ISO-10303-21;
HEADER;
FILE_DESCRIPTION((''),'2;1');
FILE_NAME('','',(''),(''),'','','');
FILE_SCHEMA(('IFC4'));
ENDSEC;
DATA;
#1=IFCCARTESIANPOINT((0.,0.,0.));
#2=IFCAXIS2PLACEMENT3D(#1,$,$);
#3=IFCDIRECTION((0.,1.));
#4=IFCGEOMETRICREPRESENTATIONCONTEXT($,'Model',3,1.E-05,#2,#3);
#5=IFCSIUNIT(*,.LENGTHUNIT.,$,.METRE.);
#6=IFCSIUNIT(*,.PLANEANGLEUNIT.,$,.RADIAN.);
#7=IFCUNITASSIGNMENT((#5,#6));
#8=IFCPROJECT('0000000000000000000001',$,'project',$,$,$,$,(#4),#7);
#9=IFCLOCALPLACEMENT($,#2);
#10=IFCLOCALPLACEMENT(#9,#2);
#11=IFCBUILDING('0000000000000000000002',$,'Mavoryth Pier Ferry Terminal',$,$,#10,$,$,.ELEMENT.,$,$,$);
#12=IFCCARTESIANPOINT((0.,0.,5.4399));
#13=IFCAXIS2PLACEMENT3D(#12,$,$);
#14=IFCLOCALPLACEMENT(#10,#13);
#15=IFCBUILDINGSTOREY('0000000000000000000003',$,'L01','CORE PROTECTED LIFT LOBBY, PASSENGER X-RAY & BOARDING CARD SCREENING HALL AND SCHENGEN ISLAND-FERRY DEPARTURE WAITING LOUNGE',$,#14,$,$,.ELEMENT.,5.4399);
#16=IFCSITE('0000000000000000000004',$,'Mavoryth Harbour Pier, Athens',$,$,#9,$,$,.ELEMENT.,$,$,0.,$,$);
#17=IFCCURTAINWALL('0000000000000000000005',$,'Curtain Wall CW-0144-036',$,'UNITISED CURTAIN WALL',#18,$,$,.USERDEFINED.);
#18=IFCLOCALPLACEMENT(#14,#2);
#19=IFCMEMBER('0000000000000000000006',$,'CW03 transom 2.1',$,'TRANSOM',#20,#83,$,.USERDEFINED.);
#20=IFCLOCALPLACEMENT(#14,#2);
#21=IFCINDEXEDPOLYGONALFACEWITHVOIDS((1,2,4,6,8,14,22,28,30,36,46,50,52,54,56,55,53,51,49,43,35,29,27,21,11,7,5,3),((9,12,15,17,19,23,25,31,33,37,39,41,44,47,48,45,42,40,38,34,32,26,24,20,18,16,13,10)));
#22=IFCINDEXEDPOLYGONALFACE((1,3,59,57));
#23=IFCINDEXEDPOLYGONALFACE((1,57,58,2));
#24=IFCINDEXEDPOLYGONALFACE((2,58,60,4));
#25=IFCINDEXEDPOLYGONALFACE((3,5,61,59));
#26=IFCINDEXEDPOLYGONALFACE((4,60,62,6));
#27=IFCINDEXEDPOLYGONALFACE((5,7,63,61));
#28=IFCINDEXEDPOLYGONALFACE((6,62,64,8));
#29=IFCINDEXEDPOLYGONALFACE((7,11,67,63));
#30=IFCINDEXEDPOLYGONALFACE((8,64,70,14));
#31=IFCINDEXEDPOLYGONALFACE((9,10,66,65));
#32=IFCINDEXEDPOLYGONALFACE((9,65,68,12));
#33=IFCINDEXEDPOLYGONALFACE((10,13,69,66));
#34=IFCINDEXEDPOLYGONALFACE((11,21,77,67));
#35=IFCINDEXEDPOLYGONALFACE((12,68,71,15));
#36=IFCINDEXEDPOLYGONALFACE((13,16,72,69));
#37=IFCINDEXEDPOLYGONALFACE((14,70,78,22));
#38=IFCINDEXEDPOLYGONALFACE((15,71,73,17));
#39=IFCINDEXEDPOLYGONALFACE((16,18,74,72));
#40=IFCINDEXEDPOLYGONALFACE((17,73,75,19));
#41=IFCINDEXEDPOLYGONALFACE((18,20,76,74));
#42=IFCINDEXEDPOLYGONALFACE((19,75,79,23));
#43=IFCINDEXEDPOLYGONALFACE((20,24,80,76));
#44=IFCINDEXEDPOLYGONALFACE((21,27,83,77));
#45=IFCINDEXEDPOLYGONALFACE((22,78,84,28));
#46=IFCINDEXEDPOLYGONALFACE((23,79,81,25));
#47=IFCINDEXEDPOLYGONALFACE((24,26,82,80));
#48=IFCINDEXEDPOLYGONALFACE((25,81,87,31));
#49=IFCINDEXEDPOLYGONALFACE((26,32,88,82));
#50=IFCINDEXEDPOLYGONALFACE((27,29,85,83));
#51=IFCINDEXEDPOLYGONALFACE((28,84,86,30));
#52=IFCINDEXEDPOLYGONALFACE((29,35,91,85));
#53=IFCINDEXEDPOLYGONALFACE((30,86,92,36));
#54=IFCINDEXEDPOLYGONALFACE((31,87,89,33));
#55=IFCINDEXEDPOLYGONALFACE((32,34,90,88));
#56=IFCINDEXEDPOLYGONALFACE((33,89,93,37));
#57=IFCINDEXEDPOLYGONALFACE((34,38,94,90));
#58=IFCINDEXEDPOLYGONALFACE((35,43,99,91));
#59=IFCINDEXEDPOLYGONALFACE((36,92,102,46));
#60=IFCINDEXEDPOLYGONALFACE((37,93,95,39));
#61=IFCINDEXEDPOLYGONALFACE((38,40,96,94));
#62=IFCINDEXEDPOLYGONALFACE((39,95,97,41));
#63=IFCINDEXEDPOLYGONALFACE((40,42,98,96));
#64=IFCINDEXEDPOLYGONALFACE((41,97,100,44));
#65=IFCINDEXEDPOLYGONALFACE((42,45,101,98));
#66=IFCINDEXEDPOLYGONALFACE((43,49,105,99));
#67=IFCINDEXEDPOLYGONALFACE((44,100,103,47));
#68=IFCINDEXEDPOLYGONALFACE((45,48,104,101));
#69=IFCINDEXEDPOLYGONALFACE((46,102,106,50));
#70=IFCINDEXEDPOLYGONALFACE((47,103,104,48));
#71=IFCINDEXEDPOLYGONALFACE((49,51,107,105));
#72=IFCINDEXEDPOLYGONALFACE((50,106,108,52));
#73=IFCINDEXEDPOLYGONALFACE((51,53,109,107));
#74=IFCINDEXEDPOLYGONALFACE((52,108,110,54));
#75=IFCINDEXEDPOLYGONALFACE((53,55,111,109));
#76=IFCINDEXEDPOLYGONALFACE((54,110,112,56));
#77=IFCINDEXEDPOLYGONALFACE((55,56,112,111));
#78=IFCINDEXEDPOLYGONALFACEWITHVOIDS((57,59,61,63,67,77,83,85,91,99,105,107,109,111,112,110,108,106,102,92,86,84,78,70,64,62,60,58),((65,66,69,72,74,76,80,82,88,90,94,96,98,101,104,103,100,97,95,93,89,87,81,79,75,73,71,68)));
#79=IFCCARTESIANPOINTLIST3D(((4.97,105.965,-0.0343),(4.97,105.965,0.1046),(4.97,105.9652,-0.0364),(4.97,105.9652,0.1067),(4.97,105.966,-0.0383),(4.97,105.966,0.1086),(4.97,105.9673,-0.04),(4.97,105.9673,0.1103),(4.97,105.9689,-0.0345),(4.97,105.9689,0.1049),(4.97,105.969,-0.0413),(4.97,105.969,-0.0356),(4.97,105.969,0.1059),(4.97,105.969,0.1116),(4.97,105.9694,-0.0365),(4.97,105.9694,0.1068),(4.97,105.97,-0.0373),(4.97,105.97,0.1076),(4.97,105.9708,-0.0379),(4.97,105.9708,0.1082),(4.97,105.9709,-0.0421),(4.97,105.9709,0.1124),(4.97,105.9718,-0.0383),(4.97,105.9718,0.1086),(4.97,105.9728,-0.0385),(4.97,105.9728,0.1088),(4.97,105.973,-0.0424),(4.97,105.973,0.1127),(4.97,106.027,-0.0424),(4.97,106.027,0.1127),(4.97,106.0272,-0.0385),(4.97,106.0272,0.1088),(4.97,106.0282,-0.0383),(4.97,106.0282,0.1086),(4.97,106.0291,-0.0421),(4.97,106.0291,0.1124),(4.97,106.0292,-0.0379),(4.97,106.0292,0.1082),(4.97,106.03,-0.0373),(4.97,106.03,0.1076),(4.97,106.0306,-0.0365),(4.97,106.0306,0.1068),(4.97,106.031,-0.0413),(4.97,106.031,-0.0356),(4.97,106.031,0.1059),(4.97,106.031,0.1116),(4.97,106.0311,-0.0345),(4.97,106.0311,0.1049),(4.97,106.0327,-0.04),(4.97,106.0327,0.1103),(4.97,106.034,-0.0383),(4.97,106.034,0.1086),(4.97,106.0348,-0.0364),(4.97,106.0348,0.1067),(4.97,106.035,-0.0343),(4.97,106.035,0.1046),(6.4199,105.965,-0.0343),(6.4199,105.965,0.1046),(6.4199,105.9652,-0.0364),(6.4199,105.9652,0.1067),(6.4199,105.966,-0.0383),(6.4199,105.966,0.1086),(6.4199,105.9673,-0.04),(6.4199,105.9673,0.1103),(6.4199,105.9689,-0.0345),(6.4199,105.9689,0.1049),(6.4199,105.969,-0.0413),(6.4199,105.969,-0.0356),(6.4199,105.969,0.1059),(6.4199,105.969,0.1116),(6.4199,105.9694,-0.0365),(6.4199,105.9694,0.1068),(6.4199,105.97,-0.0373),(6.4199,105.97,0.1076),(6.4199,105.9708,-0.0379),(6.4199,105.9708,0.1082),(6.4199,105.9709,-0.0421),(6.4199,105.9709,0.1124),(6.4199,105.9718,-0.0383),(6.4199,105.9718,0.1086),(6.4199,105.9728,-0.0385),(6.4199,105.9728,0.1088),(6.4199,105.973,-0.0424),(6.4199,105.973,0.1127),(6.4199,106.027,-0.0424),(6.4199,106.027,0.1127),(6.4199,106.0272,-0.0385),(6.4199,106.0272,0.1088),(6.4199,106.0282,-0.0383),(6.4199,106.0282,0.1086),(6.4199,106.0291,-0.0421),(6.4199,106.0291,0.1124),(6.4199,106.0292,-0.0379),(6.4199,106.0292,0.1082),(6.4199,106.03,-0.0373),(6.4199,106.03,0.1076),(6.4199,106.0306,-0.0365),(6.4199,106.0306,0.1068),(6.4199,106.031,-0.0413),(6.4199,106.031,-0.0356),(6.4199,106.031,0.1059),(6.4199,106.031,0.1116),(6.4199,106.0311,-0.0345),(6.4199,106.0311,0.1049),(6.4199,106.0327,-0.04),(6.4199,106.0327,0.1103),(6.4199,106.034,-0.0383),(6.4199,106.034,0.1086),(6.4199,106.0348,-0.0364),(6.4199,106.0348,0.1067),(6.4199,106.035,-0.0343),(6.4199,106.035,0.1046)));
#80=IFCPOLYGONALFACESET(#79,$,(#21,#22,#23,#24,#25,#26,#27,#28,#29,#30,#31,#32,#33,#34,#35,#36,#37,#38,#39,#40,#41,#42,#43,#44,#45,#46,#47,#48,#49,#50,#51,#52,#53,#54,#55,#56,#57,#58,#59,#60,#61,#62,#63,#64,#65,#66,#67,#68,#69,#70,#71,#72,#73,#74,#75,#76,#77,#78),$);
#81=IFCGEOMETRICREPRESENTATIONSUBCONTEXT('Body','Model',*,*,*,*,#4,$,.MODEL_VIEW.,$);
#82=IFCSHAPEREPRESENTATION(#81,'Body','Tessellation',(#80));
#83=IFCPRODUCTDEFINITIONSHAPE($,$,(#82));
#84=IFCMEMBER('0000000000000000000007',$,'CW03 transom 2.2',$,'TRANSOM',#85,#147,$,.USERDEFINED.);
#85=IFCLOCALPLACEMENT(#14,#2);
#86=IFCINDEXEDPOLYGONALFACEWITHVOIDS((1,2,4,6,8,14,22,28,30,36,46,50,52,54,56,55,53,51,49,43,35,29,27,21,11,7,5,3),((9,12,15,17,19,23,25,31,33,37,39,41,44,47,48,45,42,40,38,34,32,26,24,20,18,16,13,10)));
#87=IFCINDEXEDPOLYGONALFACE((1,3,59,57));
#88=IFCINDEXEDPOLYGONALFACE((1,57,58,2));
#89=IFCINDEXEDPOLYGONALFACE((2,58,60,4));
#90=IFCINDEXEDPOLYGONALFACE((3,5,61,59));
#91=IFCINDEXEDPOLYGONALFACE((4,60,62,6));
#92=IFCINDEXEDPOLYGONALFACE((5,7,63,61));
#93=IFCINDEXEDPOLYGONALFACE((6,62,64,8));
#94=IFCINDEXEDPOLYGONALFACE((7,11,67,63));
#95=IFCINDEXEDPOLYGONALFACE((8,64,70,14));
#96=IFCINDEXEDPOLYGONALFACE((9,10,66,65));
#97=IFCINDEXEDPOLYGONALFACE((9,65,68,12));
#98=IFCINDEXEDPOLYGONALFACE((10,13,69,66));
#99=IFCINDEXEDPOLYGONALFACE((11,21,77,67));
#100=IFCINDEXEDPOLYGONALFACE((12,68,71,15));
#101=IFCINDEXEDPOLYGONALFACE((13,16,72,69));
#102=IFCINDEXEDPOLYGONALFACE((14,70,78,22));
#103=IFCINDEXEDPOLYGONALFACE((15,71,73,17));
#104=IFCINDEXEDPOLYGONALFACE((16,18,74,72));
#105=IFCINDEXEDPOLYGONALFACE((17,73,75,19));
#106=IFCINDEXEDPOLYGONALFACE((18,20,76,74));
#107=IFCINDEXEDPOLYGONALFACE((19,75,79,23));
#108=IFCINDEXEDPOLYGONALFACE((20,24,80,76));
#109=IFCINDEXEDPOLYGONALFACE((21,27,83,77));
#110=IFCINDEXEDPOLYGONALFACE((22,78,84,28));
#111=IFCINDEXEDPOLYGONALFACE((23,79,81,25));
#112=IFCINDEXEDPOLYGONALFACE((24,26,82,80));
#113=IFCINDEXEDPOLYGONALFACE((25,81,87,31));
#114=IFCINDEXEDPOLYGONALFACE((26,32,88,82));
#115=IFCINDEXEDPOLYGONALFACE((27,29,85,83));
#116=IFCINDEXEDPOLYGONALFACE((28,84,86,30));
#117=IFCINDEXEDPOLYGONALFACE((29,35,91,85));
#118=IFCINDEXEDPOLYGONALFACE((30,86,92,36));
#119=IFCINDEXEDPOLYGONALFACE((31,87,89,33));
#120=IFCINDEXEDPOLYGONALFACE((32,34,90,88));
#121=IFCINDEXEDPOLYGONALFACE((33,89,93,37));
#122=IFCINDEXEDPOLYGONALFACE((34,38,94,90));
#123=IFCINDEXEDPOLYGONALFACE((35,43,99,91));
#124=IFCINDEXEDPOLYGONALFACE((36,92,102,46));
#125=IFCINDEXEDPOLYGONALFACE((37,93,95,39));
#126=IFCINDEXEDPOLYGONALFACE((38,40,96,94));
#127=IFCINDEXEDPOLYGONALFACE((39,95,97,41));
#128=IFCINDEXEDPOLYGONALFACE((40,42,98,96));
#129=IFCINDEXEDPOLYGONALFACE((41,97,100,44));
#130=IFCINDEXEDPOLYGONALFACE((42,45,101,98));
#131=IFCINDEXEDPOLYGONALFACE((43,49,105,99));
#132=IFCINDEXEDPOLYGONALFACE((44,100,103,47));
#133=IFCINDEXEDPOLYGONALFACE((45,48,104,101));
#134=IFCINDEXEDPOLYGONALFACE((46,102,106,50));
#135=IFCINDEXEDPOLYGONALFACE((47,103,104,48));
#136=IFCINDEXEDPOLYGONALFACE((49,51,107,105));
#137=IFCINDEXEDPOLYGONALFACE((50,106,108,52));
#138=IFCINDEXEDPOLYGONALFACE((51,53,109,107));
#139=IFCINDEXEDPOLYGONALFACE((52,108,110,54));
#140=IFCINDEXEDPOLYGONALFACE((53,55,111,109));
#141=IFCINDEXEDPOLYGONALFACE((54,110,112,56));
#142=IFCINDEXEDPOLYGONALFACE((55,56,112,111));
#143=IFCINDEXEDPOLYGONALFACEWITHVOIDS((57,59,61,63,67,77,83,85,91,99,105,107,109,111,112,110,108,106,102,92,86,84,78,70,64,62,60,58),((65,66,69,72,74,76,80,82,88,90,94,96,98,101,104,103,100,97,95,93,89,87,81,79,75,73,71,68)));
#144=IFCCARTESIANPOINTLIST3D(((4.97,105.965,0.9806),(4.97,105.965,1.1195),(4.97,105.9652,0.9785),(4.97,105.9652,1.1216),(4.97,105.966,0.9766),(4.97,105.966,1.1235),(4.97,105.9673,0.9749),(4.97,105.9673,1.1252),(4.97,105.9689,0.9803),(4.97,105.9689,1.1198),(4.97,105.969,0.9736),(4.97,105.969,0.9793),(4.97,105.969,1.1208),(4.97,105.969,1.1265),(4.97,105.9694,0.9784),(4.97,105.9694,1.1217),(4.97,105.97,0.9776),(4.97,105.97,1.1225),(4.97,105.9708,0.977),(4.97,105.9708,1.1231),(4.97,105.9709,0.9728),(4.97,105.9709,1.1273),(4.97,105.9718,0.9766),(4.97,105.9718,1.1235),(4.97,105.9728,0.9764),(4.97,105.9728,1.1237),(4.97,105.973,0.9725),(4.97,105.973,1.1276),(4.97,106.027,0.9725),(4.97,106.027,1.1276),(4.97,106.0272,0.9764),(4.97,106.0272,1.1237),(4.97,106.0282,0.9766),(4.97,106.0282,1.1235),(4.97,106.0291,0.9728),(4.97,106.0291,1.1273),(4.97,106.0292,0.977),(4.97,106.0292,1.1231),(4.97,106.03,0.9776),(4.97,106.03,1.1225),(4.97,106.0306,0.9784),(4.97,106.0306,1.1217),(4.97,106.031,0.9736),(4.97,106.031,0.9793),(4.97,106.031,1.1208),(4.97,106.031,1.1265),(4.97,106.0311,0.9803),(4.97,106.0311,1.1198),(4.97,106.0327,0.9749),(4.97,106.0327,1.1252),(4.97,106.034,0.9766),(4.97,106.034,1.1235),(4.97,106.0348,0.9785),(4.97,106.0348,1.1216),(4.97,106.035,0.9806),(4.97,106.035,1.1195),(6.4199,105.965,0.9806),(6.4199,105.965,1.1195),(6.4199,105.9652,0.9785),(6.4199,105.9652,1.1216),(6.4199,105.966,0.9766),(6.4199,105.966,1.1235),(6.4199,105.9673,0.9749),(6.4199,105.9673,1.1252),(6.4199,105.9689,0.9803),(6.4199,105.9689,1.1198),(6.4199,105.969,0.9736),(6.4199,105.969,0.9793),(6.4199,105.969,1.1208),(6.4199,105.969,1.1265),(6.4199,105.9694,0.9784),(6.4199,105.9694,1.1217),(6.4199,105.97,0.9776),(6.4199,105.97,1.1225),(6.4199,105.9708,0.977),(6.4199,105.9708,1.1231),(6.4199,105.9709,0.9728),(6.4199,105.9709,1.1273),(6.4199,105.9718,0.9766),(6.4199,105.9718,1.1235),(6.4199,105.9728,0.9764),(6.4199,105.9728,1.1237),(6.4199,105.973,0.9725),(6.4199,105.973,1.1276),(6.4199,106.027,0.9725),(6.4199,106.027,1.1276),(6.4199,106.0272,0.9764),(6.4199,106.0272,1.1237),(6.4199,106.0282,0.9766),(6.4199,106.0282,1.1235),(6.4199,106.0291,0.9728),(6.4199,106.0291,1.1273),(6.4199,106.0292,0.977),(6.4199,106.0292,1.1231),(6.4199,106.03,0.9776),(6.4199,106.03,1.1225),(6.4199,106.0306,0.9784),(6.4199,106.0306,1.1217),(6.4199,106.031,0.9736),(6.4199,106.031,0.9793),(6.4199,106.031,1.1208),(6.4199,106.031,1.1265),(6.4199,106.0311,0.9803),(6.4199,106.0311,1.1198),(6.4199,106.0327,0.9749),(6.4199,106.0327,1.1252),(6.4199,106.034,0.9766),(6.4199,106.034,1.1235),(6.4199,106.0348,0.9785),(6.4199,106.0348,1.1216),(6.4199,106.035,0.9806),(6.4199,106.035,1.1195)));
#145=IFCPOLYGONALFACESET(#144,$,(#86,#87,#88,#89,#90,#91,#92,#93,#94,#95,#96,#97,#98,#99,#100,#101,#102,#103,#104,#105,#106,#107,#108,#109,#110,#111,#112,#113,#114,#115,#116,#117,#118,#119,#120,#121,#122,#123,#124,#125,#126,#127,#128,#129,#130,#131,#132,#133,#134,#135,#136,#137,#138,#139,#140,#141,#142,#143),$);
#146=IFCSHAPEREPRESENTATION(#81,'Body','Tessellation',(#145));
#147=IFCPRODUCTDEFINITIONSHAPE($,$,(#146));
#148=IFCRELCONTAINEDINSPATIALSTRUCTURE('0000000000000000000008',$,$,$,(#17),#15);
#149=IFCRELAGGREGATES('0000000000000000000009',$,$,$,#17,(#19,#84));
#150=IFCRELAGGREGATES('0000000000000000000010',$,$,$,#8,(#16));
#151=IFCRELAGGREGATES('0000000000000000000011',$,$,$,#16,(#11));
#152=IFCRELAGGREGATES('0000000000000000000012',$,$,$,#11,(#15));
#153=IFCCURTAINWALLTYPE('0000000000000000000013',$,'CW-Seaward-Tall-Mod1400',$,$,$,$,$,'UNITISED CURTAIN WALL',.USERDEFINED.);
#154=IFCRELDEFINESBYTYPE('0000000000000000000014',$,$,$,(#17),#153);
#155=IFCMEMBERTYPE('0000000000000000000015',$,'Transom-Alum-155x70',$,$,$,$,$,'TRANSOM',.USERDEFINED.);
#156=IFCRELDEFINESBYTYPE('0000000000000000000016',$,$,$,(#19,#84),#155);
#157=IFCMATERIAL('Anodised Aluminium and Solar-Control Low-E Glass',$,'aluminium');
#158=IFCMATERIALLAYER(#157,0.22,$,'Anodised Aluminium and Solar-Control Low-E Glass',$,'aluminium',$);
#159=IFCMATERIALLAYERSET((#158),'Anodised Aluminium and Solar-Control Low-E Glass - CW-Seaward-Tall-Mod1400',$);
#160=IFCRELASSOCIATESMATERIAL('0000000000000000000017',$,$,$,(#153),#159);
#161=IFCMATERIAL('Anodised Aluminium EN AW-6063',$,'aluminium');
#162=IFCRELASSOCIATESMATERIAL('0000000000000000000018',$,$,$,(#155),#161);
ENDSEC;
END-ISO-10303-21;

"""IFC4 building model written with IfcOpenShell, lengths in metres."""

from ifc_helpers import new_model, si_unit, direction, frame, origin, origin_2d, place, context, subcontext, project, spatial, hollow_rectangle, extrude, material, layer, layer_set, material_profile, profile_set, type_object, element, aggregate, save


model = new_model("IFC4")

# Units and contexts
model_context = context("Model", 3, precision=1e-05, world=origin(), true_north=direction((0.0, 1.0)))
body_context = subcontext(model_context, "Body", "Model", "MODEL_VIEW")
ifc_project = project(units=[si_unit("LENGTHUNIT", "METRE"), si_unit("PLANEANGLEUNIT", "RADIAN")], contexts=[model_context])

# Site, building, storey
site_placement = place(None, origin())
site = spatial("IfcSite", under=ifc_project, at=site_placement, Name="Mavoryth Harbour Pier, Athens", CompositionType="ELEMENT", RefElevation=0.0)
building_placement = place(site_placement, origin())
building = spatial("IfcBuilding", under=site, at=building_placement, Name="Mavoryth Pier Ferry Terminal", CompositionType="ELEMENT")
storey_placement = place(building_placement, frame((0.0, 0.0, 5.4399)))
storey = spatial("IfcBuildingStorey", under=building, at=storey_placement, Name="L01", Description="CORE PROTECTED LIFT LOBBY, PASSENGER X-RAY & BOARDING CARD SCREENING HALL AND SCHENGEN ISLAND-FERRY DEPARTURE WAITING LOUNGE", CompositionType="ELEMENT", Elevation=5.4399)

# Curtain wall
ifc_material_1 = material(Name="Anodised Aluminium and Solar-Control Low-E Glass", Category="aluminium")
ifc_layer_1 = layer(ifc_material_1, 0.22, Name="Anodised Aluminium and Solar-Control Low-E Glass", Category="aluminium")
ifc_layer_set_1 = layer_set([ifc_layer_1], Name="Anodised Aluminium and Solar-Control Low-E Glass - CW-Seaward-Tall-Mod1400")
curtain_wall_type = type_object("IfcCurtainWallType", Name="CW-Seaward-Tall-Mod1400", ElementType="UNITISED CURTAIN WALL", PredefinedType="USERDEFINED", material=ifc_layer_set_1)
curtain_wall_1_placement = place(storey_placement, origin())
curtain_wall_1 = element("IfcCurtainWall", 1, at=curtain_wall_1_placement, inside=storey, type_object=curtain_wall_type, Name="Curtain Wall CW-0144-036", ObjectType="UNITISED CURTAIN WALL", PredefinedType="USERDEFINED")
ifc_material_2 = material(Name="Anodised Aluminium EN AW-6063", Category="aluminium")

# Members
ifc_material_profile_1 = material_profile(ifc_material_2, hollow_rectangle(XDim=0.0701, YDim=0.155, WallThickness=0.0039, InnerFilletRadius=0.0039, OuterFilletRadius=0.0081, at=origin_2d()), Name="AL-TRAN 155x70x4", Category="aluminium")
ifc_profile_set_1 = profile_set([ifc_material_profile_1], Name="Anodised Aluminium EN AW-6063 - AL-TRAN 155x70x4")
member_type_1 = type_object("IfcMemberType", Name="Transom-Alum-155x70", ElementType="TRANSOM", PredefinedType="USERDEFINED", material=ifc_profile_set_1)
member_1_placement = place(storey_placement, frame((6.4199, 106.0, 0.0352), z_axis=(-1.0, 0.0, 0.0), x_axis=(0.0, -1.0, 0.0)))
member_1 = element("IfcMember", 2, at=member_1_placement, type_object=member_type_1, Name="CW03 transom 2.1", ObjectType="TRANSOM", PredefinedType="USERDEFINED", context=body_context, shape_type="SweptSolid", body=[
    extrude(hollow_rectangle(XDim=0.0701, YDim=0.155, WallThickness=0.0039, InnerFilletRadius=0.0039, OuterFilletRadius=0.0081, at=origin_2d()), origin(), (0.0, 0.0, 1.0), 1.45),
])
member_2_placement = place(storey_placement, frame((6.4199, 106.0, 1.05), z_axis=(-1.0, 0.0, 0.0), x_axis=(0.0, -1.0, 0.0)))
member_2 = element("IfcMember", 3, at=member_2_placement, type_object=member_type_1, Name="CW03 transom 2.2", ObjectType="TRANSOM", PredefinedType="USERDEFINED", context=body_context, shape_type="SweptSolid", body=[
    extrude(hollow_rectangle(XDim=0.0701, YDim=0.155, WallThickness=0.0039, InnerFilletRadius=0.0039, OuterFilletRadius=0.0081, at=origin_2d()), origin(), (0.0, 0.0, 1.0), 1.45),
])

aggregate(curtain_wall_1, [member_1, member_2])

save(model, "model.ifc")
